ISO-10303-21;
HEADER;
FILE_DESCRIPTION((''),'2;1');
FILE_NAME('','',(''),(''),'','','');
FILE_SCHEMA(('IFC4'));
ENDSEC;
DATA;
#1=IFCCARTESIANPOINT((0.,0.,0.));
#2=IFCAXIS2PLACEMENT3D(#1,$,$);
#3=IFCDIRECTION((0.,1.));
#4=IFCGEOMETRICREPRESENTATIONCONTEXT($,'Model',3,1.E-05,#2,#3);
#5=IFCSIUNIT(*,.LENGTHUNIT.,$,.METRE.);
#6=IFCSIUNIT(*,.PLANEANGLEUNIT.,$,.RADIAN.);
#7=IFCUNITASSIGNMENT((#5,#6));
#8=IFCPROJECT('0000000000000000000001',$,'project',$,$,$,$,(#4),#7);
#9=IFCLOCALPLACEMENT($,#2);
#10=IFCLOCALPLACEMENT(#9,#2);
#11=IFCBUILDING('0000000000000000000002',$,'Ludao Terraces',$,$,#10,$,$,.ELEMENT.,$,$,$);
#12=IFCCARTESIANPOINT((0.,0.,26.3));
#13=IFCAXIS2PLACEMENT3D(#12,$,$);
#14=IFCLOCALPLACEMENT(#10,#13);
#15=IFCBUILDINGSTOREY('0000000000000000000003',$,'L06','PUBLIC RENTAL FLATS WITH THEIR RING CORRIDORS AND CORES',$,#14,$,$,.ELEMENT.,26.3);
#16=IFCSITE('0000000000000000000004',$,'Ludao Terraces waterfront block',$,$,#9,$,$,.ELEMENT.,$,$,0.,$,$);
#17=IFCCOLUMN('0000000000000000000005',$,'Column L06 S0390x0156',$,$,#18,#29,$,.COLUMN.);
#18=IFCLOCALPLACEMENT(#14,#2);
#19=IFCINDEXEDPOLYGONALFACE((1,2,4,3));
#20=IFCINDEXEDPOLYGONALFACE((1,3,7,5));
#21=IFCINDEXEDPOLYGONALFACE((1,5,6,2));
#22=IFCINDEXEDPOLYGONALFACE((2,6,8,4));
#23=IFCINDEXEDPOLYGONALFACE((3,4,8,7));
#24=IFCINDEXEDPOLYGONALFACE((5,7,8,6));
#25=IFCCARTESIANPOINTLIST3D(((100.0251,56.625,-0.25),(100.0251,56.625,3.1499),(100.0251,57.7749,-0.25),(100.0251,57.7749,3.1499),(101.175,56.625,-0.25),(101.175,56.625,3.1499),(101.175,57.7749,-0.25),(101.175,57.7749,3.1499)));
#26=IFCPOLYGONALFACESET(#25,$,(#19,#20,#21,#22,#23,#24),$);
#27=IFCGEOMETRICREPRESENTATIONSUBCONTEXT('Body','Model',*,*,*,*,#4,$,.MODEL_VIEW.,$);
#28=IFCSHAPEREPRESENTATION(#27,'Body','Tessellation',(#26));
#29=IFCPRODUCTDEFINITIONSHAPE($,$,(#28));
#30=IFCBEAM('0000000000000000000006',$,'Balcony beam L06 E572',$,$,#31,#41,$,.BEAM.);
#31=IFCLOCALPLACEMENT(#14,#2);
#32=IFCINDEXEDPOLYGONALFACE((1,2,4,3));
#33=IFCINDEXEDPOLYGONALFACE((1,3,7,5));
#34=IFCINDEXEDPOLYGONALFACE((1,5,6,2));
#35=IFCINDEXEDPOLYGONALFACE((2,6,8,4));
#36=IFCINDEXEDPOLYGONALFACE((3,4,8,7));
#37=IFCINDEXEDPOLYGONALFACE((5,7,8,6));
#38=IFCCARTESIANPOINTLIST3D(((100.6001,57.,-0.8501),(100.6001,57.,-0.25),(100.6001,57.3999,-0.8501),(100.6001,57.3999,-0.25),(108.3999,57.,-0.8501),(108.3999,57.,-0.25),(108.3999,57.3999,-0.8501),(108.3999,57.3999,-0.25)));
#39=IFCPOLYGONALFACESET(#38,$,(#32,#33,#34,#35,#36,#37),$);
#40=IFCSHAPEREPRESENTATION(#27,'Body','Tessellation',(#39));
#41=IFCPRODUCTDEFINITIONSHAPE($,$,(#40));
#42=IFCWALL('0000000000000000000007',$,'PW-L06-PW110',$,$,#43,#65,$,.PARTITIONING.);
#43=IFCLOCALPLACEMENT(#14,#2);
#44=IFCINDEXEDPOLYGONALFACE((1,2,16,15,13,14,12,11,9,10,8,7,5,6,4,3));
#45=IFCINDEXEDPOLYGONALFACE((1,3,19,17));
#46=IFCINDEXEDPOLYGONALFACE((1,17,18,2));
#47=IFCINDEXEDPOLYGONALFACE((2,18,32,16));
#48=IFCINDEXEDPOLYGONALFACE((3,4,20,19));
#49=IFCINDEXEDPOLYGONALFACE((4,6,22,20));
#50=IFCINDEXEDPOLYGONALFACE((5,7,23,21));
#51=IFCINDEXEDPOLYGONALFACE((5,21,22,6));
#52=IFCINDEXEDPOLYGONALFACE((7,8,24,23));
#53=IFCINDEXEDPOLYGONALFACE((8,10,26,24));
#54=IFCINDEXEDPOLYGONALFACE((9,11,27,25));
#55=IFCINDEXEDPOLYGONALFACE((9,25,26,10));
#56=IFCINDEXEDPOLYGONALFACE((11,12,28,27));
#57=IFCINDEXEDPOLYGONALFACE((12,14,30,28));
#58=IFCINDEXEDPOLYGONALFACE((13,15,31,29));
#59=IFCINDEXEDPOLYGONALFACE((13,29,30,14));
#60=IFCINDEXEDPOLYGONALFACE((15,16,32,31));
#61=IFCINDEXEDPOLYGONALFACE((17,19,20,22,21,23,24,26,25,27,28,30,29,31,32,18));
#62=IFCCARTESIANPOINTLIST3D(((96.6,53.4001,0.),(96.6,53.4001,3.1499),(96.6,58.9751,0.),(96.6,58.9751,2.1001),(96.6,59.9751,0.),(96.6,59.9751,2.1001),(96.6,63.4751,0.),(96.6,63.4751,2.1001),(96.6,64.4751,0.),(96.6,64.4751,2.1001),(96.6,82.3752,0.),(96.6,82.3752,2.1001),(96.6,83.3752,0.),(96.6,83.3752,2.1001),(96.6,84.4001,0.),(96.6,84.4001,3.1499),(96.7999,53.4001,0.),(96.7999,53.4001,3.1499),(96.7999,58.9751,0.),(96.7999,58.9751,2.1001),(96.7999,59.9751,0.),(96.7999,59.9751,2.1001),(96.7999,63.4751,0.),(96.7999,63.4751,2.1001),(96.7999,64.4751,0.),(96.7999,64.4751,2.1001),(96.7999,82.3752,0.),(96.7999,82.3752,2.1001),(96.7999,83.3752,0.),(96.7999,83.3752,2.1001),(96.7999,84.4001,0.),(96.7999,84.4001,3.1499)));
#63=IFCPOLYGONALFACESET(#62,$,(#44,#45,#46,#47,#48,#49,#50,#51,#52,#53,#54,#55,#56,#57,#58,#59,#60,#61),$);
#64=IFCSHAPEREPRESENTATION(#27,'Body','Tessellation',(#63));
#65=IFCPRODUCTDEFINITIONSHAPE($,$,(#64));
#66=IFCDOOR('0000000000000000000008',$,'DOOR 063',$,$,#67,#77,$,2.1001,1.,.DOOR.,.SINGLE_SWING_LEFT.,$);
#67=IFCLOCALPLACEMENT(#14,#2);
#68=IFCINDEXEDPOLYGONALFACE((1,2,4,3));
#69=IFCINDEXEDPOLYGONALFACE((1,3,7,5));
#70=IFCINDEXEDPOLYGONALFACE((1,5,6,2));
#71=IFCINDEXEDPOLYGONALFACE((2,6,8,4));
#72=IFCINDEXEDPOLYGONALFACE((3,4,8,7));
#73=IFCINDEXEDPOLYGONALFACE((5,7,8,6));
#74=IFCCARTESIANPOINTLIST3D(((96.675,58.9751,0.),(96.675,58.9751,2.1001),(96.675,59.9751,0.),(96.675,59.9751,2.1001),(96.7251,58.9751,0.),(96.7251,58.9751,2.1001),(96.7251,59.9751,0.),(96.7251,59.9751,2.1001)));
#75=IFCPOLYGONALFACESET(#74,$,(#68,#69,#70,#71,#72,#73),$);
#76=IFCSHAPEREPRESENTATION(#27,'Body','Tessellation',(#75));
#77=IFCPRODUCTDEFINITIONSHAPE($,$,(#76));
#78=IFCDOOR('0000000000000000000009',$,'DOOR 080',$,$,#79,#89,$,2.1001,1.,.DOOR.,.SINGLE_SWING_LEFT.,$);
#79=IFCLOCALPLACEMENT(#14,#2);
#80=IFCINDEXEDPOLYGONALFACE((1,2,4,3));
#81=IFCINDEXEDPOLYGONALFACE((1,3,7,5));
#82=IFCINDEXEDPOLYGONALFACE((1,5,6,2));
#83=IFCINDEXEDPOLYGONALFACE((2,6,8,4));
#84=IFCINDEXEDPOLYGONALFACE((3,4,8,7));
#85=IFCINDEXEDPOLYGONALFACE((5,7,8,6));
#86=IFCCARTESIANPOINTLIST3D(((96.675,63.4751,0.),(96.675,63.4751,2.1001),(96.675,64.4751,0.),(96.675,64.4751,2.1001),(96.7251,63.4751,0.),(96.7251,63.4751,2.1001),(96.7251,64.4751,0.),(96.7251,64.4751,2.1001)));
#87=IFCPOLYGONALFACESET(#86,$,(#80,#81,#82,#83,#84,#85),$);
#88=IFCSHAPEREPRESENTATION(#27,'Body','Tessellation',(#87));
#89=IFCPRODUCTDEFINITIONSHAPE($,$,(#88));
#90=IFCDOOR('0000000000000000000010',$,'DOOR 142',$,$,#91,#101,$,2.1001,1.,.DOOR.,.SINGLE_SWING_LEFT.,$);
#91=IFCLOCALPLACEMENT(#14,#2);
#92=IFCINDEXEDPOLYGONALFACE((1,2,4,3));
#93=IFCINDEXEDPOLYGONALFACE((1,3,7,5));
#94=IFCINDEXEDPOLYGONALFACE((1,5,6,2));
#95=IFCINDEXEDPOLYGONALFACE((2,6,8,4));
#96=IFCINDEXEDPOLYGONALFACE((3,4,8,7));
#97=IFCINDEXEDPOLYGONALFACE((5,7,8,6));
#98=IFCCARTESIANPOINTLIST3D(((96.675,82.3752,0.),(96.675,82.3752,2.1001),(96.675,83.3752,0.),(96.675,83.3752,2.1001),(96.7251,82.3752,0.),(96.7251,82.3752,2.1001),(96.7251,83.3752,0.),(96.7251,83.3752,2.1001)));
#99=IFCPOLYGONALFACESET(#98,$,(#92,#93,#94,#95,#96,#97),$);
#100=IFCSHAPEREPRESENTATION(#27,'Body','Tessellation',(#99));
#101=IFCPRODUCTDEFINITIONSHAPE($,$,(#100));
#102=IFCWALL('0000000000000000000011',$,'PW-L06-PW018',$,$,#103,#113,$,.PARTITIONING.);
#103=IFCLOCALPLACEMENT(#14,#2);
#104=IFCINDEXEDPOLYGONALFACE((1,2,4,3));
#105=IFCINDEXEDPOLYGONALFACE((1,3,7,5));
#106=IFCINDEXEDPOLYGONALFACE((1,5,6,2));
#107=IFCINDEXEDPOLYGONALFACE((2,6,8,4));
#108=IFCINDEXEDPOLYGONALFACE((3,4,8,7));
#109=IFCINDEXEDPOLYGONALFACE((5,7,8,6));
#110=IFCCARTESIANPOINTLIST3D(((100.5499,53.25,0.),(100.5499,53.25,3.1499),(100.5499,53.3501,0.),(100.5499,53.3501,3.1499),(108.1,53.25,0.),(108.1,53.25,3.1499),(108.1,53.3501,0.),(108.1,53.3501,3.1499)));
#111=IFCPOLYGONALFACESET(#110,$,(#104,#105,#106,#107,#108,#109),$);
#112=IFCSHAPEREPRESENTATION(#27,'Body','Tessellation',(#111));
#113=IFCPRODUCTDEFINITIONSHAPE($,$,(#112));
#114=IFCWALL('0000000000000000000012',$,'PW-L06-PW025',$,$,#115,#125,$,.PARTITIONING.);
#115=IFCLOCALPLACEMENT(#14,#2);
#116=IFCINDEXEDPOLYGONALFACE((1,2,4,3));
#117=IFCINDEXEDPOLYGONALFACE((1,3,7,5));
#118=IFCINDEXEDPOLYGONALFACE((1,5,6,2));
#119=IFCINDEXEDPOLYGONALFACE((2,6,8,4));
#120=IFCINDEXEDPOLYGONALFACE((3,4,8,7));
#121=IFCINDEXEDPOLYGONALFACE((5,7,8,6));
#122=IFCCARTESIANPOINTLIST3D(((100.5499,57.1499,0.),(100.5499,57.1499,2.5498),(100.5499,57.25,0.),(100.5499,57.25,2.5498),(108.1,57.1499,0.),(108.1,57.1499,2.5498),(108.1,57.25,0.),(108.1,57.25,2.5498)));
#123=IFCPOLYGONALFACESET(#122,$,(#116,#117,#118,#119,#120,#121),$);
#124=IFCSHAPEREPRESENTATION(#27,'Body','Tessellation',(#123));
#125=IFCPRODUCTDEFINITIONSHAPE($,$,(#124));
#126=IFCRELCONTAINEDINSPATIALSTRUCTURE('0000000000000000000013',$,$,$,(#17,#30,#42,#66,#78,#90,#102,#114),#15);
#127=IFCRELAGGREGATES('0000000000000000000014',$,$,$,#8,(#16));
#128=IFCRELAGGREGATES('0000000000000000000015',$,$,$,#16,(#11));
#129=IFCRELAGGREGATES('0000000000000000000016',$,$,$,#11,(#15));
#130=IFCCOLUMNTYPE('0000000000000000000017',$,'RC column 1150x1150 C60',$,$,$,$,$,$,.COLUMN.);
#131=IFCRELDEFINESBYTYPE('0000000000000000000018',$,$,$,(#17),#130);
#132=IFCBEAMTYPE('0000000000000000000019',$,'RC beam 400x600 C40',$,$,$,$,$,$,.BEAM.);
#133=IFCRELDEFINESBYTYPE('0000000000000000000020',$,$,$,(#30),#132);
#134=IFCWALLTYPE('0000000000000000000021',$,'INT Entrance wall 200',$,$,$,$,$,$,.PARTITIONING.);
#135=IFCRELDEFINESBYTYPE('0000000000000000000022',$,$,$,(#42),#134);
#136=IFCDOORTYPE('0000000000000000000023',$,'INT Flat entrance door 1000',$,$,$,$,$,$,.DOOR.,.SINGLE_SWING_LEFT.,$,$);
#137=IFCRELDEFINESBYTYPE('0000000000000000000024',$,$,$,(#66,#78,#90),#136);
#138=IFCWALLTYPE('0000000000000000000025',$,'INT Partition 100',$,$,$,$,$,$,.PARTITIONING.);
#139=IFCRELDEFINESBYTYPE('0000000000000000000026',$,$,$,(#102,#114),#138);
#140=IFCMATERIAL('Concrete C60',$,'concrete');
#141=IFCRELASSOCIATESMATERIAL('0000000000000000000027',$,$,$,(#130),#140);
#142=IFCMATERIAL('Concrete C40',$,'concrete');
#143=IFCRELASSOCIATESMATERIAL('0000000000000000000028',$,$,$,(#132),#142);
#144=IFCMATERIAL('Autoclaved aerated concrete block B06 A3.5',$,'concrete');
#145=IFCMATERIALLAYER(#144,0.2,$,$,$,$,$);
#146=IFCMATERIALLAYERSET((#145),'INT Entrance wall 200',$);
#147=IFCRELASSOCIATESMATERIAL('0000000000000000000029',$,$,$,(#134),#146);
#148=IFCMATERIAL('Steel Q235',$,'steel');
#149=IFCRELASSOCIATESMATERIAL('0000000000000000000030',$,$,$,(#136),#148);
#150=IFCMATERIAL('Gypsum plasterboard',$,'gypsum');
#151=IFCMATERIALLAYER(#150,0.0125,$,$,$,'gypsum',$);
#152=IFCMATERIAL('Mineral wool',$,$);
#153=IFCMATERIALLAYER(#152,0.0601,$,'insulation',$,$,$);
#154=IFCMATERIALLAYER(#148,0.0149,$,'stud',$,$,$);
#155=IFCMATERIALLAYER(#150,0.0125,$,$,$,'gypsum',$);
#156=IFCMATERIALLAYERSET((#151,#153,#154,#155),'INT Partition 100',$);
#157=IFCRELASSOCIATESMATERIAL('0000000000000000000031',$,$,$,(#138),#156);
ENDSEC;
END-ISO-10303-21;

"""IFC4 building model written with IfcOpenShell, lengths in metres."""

from ifc_helpers import new_model, si_unit, direction, frame, frame_2d, origin, origin_2d, place, context, subcontext, project, spatial, rectangle, extrude, material, layer, layer_set, material_profile, profile_set, type_object, element, fill, save


model = new_model("IFC4")

# Units and contexts
model_context = context("Model", 3, precision=1e-05, world=origin(), true_north=direction((0.0, 1.0)))
body_context = subcontext(model_context, "Body", "Model", "MODEL_VIEW")
ifc_project = project(units=[si_unit("LENGTHUNIT", "METRE"), si_unit("PLANEANGLEUNIT", "RADIAN")], contexts=[model_context])

# Site, building, storey
site_placement = place(None, origin())
site = spatial("IfcSite", under=ifc_project, at=site_placement, Name="Ludao Terraces waterfront block", CompositionType="ELEMENT", RefElevation=0.0)
building_placement = place(site_placement, origin())
building = spatial("IfcBuilding", under=site, at=building_placement, Name="Ludao Terraces", CompositionType="ELEMENT")
storey_placement = place(building_placement, frame((0.0, 0.0, 26.3)))
storey = spatial("IfcBuildingStorey", under=building, at=storey_placement, Name="L06", Description="PUBLIC RENTAL FLATS WITH THEIR RING CORRIDORS AND CORES", CompositionType="ELEMENT", Elevation=26.3)

# Column
ifc_material_1 = material(Name="Concrete C60", Category="concrete")
ifc_material_profile_1 = material_profile(ifc_material_1, rectangle(XDim=1.1499, YDim=1.1499, at=origin_2d()), Name="1150 X 1150")
ifc_profile_set_1 = profile_set([ifc_material_profile_1], Name="Concrete C60")
column_type = type_object("IfcColumnType", Name="RC column 1150x1150 C60", PredefinedType="COLUMN", material=ifc_profile_set_1)
column_placement = place(storey_placement, frame((100.6001, 57.2, -0.25), z_axis=(0.0, 0.0, 1.0), x_axis=(1.0, 0.0, 0.0)))
element("IfcColumn", 1, at=column_placement, inside=storey, type_object=column_type, Name="Column L06 S0390x0156", PredefinedType="COLUMN", context=body_context, shape_type="SweptSolid", body=[
    extrude(rectangle(XDim=1.1499, YDim=1.1499, at=origin_2d()), origin(), (0.0, 0.0, 1.0), 3.3999),
])

# Beam
ifc_material_2 = material(Name="Concrete C40", Category="concrete")
ifc_material_profile_2 = material_profile(ifc_material_2, rectangle(XDim=0.3999, YDim=0.6001, at=origin_2d()), Name="400 X 600")
ifc_profile_set_2 = profile_set([ifc_material_profile_2], Name="Concrete C40")
beam_type = type_object("IfcBeamType", Name="RC beam 400x600 C40", PredefinedType="BEAM", material=ifc_profile_set_2)
beam_placement = place(storey_placement, frame((100.6001, 57.2, -0.55), z_axis=(1.0, 0.0, 0.0), x_axis=(0.0, 1.0, 0.0)))
element("IfcBeam", 2, at=beam_placement, inside=storey, type_object=beam_type, Name="Balcony beam L06 E572", PredefinedType="BEAM", context=body_context, shape_type="SweptSolid", body=[
    extrude(rectangle(XDim=0.3999, YDim=0.6001, at=origin_2d()), origin(), (0.0, 0.0, 1.0), 7.7998),
])

# Shared definitions
ifc_material_3 = material(Name="Mineral wool")

# Wall, openings, doors
ifc_material_4 = material(Name="Autoclaved aerated concrete block B06 A3.5", Category="concrete")
ifc_layer_1 = layer(ifc_material_4, 0.2)
ifc_layer_set_1 = layer_set([ifc_layer_1], Name="INT Entrance wall 200")
wall_type_1 = type_object("IfcWallType", Name="INT Entrance wall 200", PredefinedType="PARTITIONING", material=ifc_layer_set_1)
wall_1_placement = place(storey_placement, frame((96.7, 53.4001, 0.0), z_axis=(0.0, 0.0, 1.0), x_axis=(0.0, 1.0, 0.0)))
wall_1 = element("IfcWall", 3, at=wall_1_placement, inside=storey, type_object=wall_type_1, Name="PW-L06-PW110", PredefinedType="PARTITIONING", context=body_context, shape_type="SweptSolid", body=[
    extrude(rectangle(XDim=31.0, YDim=0.2, at=frame_2d((15.5, 0.0))), origin(), (0.0, 0.0, 1.0), 3.1499),
])
opening_1_placement = place(wall_1_placement, frame((5.575, 0.0, 0.0)))
opening_1 = element("IfcOpeningElement", 4, at=opening_1_placement, cuts=wall_1, PredefinedType="OPENING", context=body_context, shape_type="SweptSolid", body=[
    extrude(rectangle(XDim=1.0, YDim=2.1001, at=frame_2d((0.5, 1.05))), frame((0.0, 0.1099, 0.0), z_axis=(0.0, -1.0, 0.0), x_axis=(1.0, 0.0, 0.0)), (0.0, 0.0, 1.0), 0.22),
])
opening_2_placement = place(wall_1_placement, frame((10.075, 0.0, 0.0)))
opening_2 = element("IfcOpeningElement", 5, at=opening_2_placement, cuts=wall_1, PredefinedType="OPENING", context=body_context, shape_type="SweptSolid", body=[
    extrude(rectangle(XDim=1.0, YDim=2.1001, at=frame_2d((0.5, 1.05))), frame((0.0, 0.1099, 0.0), z_axis=(0.0, -1.0, 0.0), x_axis=(1.0, 0.0, 0.0)), (0.0, 0.0, 1.0), 0.22),
])
opening_3_placement = place(wall_1_placement, frame((28.9751, 0.0, 0.0)))
opening_3 = element("IfcOpeningElement", 6, at=opening_3_placement, cuts=wall_1, PredefinedType="OPENING", context=body_context, shape_type="SweptSolid", body=[
    extrude(rectangle(XDim=1.0, YDim=2.1001, at=frame_2d((0.5, 1.05))), frame((0.0, 0.1099, 0.0), z_axis=(0.0, -1.0, 0.0), x_axis=(1.0, 0.0, 0.0)), (0.0, 0.0, 1.0), 0.22),
])
ifc_material_5 = material(Name="Steel Q235", Category="steel")
door_type_1 = type_object("IfcDoorType", Name="INT Flat entrance door 1000", OperationType="SINGLE_SWING_LEFT", PredefinedType="DOOR", material=ifc_material_5)
door_1_placement = place(opening_1_placement, origin())
door_1 = element("IfcDoor", 7, at=door_1_placement, inside=storey, type_object=door_type_1, Name="DOOR 063", OperationType="SINGLE_SWING_LEFT", OverallHeight=2.1001, OverallWidth=1.0, PredefinedType="DOOR", context=body_context, shape_type="SweptSolid", body=[
    extrude(rectangle(XDim=1.0, YDim=2.1001, at=frame_2d((0.5, 1.05))), frame((0.0, 0.0249, 0.0), z_axis=(0.0, -1.0, 0.0), x_axis=(1.0, 0.0, 0.0)), (0.0, 0.0, 1.0), 0.05),
])
fill(opening_1, door_1)
door_2_placement = place(opening_2_placement, origin())
door_2 = element("IfcDoor", 8, at=door_2_placement, inside=storey, type_object=door_type_1, Name="DOOR 080", OperationType="SINGLE_SWING_LEFT", OverallHeight=2.1001, OverallWidth=1.0, PredefinedType="DOOR", context=body_context, shape_type="SweptSolid", body=[
    extrude(rectangle(XDim=1.0, YDim=2.1001, at=frame_2d((0.5, 1.05))), frame((0.0, 0.0249, 0.0), z_axis=(0.0, -1.0, 0.0), x_axis=(1.0, 0.0, 0.0)), (0.0, 0.0, 1.0), 0.05),
])
fill(opening_2, door_2)
door_3_placement = place(opening_3_placement, origin())
door_3 = element("IfcDoor", 9, at=door_3_placement, inside=storey, type_object=door_type_1, Name="DOOR 142", OperationType="SINGLE_SWING_LEFT", OverallHeight=2.1001, OverallWidth=1.0, PredefinedType="DOOR", context=body_context, shape_type="SweptSolid", body=[
    extrude(rectangle(XDim=1.0, YDim=2.1001, at=frame_2d((0.5, 1.05))), frame((0.0, 0.0249, 0.0), z_axis=(0.0, -1.0, 0.0), x_axis=(1.0, 0.0, 0.0)), (0.0, 0.0, 1.0), 0.05),
])
fill(opening_3, door_3)

# Walls
ifc_material_6 = material(Name="Gypsum plasterboard", Category="gypsum")
ifc_layer_2 = layer(ifc_material_6, 0.0125, Category="gypsum")
ifc_layer_3 = layer(ifc_material_3, 0.0601, Name="insulation")
ifc_layer_4 = layer(ifc_material_5, 0.0149, Name="stud")
ifc_layer_5 = layer(ifc_material_6, 0.0125, Category="gypsum")
ifc_layer_set_2 = layer_set([ifc_layer_2, ifc_layer_3, ifc_layer_4, ifc_layer_5], Name="INT Partition 100")
wall_type_2 = type_object("IfcWallType", Name="INT Partition 100", PredefinedType="PARTITIONING", material=ifc_layer_set_2)
wall_2_placement = place(storey_placement, frame((100.55, 53.3, 0.0), z_axis=(0.0, 0.0, 1.0), x_axis=(1.0, 0.0, 0.0)))
element("IfcWall", 10, at=wall_2_placement, inside=storey, type_object=wall_type_2, Name="PW-L06-PW018", PredefinedType="PARTITIONING", context=body_context, shape_type="SweptSolid", body=[
    extrude(rectangle(XDim=7.55, YDim=0.1001, at=frame_2d((3.7749, 0.0))), origin(), (0.0, 0.0, 1.0), 3.1499),
])
wall_3_placement = place(storey_placement, frame((100.55, 57.2, 0.0), z_axis=(0.0, 0.0, 1.0), x_axis=(1.0, 0.0, 0.0)))
element("IfcWall", 11, at=wall_3_placement, inside=storey, type_object=wall_type_2, Name="PW-L06-PW025", PredefinedType="PARTITIONING", context=body_context, shape_type="SweptSolid", body=[
    extrude(rectangle(XDim=7.55, YDim=0.1001, at=frame_2d((3.7749, 0.0))), origin(), (0.0, 0.0, 1.0), 2.5498),
])

save(model, "model.ifc")
